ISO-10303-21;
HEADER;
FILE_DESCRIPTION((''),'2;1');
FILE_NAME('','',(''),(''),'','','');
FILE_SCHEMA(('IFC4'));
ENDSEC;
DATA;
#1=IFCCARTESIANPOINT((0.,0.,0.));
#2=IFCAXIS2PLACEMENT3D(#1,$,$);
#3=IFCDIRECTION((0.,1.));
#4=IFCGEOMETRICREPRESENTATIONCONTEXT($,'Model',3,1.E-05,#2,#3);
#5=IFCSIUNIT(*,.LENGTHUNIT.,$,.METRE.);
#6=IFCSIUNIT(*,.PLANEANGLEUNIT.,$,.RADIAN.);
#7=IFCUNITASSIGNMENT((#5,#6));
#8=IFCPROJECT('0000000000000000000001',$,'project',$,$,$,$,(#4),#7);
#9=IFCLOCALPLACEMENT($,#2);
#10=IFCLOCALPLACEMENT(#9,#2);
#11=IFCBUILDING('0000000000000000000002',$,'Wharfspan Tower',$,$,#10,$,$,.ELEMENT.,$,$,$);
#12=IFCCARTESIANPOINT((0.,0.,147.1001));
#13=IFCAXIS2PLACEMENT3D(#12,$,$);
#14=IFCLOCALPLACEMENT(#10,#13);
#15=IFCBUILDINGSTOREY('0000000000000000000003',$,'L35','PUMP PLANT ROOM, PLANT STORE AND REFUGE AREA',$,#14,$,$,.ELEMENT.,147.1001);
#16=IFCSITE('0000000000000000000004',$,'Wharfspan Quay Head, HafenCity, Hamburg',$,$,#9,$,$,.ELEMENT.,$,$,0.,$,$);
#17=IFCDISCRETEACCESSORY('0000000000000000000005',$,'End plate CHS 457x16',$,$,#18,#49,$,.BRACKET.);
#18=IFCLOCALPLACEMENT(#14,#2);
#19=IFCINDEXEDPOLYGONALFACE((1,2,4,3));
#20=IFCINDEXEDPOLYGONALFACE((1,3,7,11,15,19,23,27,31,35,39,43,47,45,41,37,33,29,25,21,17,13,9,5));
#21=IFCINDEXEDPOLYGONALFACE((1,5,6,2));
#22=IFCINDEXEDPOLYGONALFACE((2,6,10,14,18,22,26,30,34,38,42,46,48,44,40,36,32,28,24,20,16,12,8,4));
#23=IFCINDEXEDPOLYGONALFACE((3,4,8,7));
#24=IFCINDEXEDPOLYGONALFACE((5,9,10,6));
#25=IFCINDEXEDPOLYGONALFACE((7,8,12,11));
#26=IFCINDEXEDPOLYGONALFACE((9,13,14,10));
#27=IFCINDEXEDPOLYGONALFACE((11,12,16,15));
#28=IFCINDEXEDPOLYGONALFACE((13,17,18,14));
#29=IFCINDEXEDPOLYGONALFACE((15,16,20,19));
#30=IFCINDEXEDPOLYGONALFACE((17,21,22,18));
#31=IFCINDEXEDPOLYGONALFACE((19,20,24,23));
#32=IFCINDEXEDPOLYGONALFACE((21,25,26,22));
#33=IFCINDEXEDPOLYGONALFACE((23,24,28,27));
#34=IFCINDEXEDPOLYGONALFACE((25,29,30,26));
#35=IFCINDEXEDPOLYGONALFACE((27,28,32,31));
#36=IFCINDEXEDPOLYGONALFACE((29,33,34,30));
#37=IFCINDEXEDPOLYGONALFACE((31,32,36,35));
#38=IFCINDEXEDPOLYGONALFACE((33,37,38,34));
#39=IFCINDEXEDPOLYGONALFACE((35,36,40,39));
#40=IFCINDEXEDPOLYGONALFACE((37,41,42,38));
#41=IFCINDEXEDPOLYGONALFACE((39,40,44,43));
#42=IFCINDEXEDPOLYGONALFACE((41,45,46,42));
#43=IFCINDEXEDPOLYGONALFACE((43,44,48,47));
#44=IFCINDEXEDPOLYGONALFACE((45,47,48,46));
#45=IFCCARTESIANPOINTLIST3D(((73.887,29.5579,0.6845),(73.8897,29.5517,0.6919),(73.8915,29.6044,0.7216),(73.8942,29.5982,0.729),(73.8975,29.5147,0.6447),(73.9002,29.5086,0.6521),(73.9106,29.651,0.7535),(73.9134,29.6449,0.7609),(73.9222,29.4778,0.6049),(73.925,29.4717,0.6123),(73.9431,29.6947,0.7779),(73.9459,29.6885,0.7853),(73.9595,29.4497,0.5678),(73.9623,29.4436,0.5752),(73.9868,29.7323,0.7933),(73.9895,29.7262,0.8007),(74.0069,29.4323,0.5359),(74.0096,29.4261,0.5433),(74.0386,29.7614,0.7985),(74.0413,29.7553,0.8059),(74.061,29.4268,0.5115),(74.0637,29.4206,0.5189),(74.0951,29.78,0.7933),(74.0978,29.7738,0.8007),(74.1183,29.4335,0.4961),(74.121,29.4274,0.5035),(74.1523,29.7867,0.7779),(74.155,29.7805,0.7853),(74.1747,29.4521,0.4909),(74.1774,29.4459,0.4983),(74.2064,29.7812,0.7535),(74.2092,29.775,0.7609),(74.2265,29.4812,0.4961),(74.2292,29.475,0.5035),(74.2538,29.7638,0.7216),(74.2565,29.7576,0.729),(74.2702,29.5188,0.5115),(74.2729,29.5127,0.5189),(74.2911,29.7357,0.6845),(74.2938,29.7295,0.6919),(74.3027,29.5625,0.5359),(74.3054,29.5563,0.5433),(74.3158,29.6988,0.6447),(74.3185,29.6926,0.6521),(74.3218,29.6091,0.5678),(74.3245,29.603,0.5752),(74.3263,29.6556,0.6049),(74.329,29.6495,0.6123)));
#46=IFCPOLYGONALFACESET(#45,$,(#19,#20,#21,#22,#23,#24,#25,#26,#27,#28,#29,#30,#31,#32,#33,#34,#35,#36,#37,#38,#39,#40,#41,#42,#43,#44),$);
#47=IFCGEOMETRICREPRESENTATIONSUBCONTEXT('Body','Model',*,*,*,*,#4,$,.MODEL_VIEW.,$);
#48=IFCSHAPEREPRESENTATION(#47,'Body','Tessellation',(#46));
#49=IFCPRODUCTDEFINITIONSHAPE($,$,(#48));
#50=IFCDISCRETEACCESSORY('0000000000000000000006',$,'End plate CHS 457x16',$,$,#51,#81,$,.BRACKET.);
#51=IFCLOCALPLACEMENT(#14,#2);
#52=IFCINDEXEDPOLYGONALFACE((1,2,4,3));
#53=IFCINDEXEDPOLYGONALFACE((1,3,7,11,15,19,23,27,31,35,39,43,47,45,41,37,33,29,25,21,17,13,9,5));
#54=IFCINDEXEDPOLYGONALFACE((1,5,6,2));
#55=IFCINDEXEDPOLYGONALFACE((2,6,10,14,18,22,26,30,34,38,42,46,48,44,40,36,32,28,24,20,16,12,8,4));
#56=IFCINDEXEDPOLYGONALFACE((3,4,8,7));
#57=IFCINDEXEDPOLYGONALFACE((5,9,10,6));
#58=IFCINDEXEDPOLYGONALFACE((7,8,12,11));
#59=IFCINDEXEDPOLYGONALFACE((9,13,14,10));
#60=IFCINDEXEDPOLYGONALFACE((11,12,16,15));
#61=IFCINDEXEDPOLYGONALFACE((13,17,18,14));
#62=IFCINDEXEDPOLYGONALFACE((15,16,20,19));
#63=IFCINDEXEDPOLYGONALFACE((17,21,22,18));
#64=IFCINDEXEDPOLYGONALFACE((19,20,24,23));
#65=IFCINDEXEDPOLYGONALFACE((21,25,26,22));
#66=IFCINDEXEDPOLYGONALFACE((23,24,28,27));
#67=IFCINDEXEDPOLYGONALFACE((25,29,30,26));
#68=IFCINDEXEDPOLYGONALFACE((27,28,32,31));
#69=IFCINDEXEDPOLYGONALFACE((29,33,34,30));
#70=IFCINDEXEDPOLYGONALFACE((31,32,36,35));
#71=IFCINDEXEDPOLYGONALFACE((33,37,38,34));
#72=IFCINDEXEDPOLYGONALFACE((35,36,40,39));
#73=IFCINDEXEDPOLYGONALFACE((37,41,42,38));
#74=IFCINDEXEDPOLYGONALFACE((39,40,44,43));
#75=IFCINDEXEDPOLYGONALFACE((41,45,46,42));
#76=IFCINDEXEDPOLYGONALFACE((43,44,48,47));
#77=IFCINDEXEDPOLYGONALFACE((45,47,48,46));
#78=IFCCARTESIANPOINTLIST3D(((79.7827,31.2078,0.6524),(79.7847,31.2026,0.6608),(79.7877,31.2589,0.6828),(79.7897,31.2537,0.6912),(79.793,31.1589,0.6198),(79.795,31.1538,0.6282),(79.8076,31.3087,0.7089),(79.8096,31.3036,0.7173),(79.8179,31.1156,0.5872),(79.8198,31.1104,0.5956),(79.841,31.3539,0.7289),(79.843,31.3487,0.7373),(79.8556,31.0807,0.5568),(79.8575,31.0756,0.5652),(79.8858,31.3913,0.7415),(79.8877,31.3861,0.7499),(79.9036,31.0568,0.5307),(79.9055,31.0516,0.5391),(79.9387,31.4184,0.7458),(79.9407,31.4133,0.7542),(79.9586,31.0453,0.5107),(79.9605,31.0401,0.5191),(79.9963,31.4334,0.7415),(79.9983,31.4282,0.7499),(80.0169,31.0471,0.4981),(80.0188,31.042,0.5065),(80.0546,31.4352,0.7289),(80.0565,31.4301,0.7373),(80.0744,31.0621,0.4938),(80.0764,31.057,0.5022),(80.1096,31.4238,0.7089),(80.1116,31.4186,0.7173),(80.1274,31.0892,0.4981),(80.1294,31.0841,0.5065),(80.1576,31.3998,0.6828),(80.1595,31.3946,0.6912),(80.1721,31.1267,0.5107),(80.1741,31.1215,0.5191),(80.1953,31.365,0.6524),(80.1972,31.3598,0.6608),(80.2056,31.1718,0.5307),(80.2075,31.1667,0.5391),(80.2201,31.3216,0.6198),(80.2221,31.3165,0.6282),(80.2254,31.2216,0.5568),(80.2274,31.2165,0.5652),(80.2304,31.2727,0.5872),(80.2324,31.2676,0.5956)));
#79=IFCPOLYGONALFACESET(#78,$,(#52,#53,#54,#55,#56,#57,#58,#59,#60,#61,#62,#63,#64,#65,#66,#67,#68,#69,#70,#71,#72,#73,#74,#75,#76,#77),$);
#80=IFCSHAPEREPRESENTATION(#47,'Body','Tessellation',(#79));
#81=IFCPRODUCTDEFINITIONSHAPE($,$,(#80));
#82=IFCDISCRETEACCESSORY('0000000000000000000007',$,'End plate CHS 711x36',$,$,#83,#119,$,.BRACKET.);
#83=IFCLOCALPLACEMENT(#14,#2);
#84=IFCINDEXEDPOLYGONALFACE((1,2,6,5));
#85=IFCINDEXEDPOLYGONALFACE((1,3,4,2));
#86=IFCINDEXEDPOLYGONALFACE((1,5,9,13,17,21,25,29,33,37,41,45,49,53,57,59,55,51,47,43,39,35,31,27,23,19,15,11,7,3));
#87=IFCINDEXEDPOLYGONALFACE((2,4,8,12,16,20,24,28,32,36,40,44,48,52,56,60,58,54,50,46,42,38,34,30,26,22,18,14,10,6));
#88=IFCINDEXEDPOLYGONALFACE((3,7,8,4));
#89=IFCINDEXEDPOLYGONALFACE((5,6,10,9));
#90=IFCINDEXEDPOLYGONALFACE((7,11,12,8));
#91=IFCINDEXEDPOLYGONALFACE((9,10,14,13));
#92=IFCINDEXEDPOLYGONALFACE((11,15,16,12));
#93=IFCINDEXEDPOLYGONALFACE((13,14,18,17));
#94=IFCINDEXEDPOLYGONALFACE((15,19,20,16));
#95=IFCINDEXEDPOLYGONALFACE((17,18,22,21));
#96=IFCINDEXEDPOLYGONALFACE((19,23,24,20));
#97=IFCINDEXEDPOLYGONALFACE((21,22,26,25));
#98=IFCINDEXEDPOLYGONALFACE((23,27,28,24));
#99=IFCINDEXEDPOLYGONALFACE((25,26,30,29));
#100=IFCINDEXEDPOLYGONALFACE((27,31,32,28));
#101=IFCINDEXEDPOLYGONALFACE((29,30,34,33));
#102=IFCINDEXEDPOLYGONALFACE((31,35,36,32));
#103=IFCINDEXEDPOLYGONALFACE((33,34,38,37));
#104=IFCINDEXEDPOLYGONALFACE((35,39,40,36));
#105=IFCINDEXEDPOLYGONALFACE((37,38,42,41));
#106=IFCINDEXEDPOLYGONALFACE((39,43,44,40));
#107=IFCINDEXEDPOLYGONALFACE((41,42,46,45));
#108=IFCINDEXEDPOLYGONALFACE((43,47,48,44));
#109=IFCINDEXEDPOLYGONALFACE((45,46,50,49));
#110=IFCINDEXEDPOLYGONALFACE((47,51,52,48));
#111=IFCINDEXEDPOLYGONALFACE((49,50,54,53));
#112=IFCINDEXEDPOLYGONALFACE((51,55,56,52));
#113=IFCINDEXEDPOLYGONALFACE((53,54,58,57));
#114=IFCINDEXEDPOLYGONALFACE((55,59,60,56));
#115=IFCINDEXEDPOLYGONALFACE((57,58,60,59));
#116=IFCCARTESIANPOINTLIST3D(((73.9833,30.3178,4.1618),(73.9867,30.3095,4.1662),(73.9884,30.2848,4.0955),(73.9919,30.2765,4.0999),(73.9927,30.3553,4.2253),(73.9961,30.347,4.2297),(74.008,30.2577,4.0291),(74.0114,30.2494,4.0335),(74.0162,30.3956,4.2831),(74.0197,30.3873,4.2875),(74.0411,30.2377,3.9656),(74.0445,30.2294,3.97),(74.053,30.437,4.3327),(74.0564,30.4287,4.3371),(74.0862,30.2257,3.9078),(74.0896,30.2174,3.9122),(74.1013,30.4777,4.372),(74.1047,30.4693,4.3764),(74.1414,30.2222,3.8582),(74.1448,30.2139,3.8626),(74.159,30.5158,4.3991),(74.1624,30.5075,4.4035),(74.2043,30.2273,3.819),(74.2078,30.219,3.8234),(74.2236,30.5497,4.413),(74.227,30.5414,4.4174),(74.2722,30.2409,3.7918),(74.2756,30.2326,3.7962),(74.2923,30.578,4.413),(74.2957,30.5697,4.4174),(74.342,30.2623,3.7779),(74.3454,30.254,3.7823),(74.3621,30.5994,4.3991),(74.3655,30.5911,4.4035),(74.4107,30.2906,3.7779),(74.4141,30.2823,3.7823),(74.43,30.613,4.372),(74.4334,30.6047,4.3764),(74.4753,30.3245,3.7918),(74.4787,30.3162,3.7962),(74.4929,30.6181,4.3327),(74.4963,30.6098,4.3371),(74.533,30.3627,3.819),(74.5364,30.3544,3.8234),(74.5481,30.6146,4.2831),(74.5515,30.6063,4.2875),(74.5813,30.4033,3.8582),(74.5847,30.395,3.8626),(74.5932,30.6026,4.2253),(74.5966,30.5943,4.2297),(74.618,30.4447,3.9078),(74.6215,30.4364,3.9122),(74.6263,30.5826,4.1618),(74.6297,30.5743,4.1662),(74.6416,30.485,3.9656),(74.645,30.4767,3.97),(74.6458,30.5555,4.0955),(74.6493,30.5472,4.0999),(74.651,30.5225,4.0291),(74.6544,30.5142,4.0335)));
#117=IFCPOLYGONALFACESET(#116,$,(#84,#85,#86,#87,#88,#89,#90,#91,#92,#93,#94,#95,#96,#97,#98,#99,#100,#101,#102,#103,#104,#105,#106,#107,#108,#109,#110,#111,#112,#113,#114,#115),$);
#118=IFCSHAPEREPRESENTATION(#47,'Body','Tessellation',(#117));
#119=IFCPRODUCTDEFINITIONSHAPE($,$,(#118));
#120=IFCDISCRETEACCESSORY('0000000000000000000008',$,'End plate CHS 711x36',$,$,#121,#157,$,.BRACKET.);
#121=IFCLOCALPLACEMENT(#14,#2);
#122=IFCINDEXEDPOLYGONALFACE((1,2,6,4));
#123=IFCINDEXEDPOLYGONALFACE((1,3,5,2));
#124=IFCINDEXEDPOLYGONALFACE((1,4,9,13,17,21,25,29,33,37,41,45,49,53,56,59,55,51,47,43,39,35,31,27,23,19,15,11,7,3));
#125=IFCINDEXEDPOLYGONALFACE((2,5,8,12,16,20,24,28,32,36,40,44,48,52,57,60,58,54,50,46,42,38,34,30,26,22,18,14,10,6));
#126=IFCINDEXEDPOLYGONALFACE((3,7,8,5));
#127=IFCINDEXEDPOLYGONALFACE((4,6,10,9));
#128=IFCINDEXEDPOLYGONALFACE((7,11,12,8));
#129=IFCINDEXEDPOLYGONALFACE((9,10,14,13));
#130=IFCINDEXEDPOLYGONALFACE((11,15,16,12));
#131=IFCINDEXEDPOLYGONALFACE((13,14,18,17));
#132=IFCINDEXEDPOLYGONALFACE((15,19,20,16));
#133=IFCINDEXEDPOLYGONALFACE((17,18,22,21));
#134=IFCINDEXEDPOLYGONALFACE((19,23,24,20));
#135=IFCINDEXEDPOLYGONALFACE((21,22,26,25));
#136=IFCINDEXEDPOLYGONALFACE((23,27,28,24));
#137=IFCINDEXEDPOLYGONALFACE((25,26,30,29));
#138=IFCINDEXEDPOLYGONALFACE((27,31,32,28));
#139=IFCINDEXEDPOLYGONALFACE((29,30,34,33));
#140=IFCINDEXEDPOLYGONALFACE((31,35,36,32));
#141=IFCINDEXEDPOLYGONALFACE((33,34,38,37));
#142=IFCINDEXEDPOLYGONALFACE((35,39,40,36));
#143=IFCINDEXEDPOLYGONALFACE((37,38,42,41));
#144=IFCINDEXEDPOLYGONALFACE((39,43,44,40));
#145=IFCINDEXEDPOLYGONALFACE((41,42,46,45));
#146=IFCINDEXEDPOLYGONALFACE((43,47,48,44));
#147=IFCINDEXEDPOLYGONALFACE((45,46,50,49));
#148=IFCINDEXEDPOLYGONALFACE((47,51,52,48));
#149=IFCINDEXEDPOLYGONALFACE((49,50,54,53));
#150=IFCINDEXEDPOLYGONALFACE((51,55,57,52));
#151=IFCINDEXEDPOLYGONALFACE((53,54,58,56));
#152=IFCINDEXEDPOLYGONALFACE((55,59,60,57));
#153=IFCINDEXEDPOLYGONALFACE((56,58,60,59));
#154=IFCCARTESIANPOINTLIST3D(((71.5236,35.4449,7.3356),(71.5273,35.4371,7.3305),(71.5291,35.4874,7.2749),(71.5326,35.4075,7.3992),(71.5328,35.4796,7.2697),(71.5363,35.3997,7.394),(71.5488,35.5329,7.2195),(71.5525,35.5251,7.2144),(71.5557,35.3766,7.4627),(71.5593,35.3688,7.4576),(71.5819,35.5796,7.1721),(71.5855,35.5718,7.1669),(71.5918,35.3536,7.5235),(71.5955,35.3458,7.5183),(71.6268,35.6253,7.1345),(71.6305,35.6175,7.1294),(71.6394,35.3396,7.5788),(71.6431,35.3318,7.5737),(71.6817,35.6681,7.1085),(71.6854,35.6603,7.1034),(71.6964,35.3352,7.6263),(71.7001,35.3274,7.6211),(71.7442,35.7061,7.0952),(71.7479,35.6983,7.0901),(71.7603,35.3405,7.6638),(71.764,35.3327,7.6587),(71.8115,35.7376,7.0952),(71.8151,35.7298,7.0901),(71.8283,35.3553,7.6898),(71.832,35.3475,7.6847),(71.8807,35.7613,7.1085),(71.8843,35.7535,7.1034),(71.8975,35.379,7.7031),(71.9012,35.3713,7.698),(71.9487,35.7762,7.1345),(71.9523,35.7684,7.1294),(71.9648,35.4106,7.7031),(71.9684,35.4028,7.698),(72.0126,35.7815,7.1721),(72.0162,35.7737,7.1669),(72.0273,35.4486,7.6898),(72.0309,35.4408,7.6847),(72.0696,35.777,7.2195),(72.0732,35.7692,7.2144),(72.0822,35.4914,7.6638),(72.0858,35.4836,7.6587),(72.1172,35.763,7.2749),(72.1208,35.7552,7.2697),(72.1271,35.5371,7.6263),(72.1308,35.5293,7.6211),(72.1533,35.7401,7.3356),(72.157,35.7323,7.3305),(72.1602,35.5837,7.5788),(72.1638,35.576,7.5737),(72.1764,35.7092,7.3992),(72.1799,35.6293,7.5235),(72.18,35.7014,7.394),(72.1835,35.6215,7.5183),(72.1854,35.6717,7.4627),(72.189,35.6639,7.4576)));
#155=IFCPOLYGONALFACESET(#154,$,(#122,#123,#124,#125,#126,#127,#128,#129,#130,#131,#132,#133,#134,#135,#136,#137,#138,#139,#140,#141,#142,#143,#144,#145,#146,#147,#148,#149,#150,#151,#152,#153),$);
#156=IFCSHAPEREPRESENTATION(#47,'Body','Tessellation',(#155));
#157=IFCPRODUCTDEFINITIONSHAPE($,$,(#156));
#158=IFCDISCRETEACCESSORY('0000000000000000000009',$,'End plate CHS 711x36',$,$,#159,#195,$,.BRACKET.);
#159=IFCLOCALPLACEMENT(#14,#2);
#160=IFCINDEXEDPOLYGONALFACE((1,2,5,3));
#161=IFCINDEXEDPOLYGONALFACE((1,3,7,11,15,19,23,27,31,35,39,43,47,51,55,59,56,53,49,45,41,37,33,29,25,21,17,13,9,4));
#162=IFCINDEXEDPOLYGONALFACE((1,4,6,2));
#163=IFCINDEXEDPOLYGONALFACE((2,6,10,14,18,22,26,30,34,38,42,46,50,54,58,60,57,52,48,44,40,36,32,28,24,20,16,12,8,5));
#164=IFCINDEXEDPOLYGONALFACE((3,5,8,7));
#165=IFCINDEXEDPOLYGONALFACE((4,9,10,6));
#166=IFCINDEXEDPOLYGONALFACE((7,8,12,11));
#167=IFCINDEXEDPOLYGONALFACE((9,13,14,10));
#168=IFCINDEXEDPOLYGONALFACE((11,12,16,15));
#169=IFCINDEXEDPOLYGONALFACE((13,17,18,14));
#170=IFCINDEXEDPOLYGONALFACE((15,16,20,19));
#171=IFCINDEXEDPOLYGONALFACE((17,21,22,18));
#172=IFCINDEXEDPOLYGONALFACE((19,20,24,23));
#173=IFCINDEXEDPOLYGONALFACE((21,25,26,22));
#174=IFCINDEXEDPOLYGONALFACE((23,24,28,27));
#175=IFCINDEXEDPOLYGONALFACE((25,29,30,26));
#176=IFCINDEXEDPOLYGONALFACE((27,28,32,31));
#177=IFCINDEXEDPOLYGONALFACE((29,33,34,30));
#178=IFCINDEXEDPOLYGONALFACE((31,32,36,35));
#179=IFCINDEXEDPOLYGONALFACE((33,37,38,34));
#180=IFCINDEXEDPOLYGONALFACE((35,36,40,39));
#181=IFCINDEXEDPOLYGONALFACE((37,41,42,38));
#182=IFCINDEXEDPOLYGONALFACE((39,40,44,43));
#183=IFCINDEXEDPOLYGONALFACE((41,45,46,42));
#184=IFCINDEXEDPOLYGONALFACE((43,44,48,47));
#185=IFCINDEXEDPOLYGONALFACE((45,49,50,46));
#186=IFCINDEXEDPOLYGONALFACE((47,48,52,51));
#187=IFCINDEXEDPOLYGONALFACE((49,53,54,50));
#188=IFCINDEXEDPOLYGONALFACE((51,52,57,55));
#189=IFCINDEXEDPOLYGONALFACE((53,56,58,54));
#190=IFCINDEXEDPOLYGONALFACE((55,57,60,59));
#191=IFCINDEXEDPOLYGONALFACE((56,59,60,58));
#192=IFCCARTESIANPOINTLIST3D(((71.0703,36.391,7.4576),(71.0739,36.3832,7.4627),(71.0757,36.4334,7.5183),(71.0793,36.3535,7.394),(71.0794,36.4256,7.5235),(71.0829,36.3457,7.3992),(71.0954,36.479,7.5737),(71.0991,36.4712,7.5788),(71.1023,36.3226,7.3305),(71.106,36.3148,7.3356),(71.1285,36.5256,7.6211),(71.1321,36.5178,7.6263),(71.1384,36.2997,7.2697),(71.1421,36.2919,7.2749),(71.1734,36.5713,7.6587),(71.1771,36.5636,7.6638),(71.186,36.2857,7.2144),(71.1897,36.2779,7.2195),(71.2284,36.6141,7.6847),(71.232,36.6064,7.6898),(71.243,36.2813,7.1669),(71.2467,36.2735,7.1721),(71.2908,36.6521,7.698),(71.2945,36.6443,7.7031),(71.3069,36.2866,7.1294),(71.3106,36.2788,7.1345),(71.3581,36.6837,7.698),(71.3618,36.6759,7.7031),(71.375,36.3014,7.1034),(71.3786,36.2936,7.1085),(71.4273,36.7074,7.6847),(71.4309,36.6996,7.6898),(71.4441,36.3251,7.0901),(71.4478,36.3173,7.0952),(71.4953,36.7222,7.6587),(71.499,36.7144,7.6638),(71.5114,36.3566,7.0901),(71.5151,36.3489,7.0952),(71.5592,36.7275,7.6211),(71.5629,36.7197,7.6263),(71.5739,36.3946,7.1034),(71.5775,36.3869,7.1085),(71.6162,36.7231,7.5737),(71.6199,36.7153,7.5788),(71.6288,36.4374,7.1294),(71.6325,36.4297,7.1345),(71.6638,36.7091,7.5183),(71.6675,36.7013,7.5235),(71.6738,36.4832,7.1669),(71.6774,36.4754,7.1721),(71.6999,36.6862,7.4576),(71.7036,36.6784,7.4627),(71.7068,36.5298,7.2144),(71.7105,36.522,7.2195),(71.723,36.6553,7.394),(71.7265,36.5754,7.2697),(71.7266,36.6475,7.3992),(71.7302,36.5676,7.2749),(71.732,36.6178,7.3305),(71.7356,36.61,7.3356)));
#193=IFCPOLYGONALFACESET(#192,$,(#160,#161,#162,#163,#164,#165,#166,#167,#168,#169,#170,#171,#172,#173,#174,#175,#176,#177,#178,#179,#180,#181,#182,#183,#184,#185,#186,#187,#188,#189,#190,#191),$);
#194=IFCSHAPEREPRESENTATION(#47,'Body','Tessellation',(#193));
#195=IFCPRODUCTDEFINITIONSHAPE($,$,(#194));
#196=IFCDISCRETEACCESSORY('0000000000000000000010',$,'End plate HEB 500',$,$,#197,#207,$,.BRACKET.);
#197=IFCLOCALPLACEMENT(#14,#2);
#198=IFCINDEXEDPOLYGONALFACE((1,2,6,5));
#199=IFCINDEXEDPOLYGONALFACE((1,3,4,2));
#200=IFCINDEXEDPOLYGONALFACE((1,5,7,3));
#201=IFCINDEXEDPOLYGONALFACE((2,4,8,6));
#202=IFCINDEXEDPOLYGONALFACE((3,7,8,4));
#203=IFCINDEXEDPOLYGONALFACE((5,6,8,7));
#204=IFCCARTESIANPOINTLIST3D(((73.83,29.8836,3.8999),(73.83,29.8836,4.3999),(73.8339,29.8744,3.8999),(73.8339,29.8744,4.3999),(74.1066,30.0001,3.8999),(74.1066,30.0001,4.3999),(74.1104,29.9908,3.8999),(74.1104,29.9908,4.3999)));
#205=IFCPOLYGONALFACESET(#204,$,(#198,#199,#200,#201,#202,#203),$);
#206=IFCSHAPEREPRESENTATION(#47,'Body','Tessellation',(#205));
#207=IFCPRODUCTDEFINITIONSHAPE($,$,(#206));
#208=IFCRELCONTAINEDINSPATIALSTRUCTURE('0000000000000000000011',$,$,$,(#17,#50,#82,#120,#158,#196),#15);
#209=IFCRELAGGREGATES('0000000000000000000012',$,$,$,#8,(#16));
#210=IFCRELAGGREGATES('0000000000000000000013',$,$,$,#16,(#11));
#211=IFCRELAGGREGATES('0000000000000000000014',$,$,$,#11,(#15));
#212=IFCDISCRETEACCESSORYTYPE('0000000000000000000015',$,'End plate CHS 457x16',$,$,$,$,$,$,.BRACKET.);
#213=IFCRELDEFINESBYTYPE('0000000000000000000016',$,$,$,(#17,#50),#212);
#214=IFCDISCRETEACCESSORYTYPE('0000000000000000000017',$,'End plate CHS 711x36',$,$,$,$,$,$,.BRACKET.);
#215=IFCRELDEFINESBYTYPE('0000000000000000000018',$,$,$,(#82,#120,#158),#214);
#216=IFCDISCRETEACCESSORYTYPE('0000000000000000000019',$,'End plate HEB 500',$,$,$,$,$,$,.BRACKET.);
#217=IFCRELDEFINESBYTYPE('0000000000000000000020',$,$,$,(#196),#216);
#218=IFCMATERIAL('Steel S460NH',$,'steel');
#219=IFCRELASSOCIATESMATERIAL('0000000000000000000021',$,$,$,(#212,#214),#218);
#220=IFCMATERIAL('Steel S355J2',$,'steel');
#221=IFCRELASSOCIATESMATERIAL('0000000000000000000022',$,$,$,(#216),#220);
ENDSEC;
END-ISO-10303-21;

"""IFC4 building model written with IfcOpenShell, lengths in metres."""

from ifc_helpers import new_model, si_unit, direction, frame, origin, origin_2d, place, context, subcontext, project, spatial, rectangle, circle, extrude, material, material_profile, profile_set, type_object, element, save


model = new_model("IFC4")

# Units and contexts
model_context = context("Model", 3, precision=1e-05, world=origin(), true_north=direction((0.0, 1.0)))
body_context = subcontext(model_context, "Body", "Model", "MODEL_VIEW")
ifc_project = project(units=[si_unit("LENGTHUNIT", "METRE"), si_unit("PLANEANGLEUNIT", "RADIAN")], contexts=[model_context])

# Site, building, storey
site_placement = place(None, origin())
site = spatial("IfcSite", under=ifc_project, at=site_placement, Name="Wharfspan Quay Head, HafenCity, Hamburg", CompositionType="ELEMENT", RefElevation=0.0)
building_placement = place(site_placement, origin())
building = spatial("IfcBuilding", under=site, at=building_placement, Name="Wharfspan Tower", CompositionType="ELEMENT")
storey_placement = place(building_placement, frame((0.0, 0.0, 147.1001)))
storey = spatial("IfcBuildingStorey", under=building, at=storey_placement, Name="L35", Description="PUMP PLANT ROOM, PLANT STORE AND REFUGE AREA", CompositionType="ELEMENT", Elevation=147.1001)

# Shared definitions
ifc_material_1 = material(Name="Steel S355J2", Category="steel")

# Shared definitions
ifc_material_2 = material(Name="Steel S460NH", Category="steel")

# Discrete accessories
ifc_material_profile_1 = material_profile(ifc_material_2, circle(Radius=0.2285, at=origin_2d()))
ifc_profile_set_1 = profile_set([ifc_material_profile_1], Name="Steel S460NH")
discrete_accessory_type_1 = type_object("IfcDiscreteAccessoryType", Name="End plate CHS 457x16", PredefinedType="BRACKET", material=ifc_profile_set_1)
for number, where, z_axis, x_axis, name in (
    (1, (74.1094, 29.6006, 0.6521), (-0.27113, 0.616205, -0.739446), (-0.915312, -0.402737, 0.0), "End plate CHS 457x16"),
    (2, (80.0085, 31.2351, 0.6282), (-0.196293, 0.51527, -0.834246), (-0.934491, -0.355996, 0.0), "End plate CHS 457x16"),
):
    element("IfcDiscreteAccessory", number, at=place(storey_placement, frame(where, z_axis=z_axis, x_axis=x_axis)), inside=storey, type_object=discrete_accessory_type_1, Name=name, PredefinedType="BRACKET", context=body_context, shape_type="SweptSolid", body=[
        extrude(circle(Radius=0.2285, at=origin_2d()), origin(), (0.0, 0.0, 1.0), 0.01),
    ])
ifc_material_profile_2 = material_profile(ifc_material_2, circle(Radius=0.3555, at=origin_2d()))
ifc_profile_set_2 = profile_set([ifc_material_profile_2], Name="Steel S460NH")
discrete_accessory_type_2 = type_object("IfcDiscreteAccessoryType", Name="End plate CHS 711x36", PredefinedType="BRACKET", material=ifc_profile_set_2)
for number, where, z_axis, x_axis, name in (
    (3, (74.3171, 30.4202, 4.0955), (0.341972, -0.830504, 0.439679), (0.924678, 0.380749, -0.000001), "End plate CHS 711x36"),
    (4, (71.8582, 35.5505, 7.394), (-0.364878, 0.778407, 0.510829), (-0.905462, -0.424435, 0.0), "End plate CHS 711x36"),
    (5, (71.4011, 36.5044, 7.394), (0.364878, -0.778407, 0.510829), (0.905462, 0.424435, 0.0), "End plate CHS 711x36"),
):
    element("IfcDiscreteAccessory", number, at=place(storey_placement, frame(where, z_axis=z_axis, x_axis=x_axis)), inside=storey, type_object=discrete_accessory_type_2, Name=name, PredefinedType="BRACKET", context=body_context, shape_type="SweptSolid", body=[
        extrude(circle(Radius=0.3555, at=origin_2d()), origin(), (0.0, 0.0, 1.0), 0.01),
    ])
ifc_material_profile_3 = material_profile(ifc_material_1, rectangle(XDim=0.3, YDim=0.5, at=origin_2d()))
ifc_profile_set_3 = profile_set([ifc_material_profile_3], Name="Steel S355J2")
discrete_accessory_type_3 = type_object("IfcDiscreteAccessoryType", Name="End plate HEB 500", PredefinedType="BRACKET", material=ifc_profile_set_3)
for number, where, z_axis, x_axis, name in (
    (6, (73.9722, 29.9326, 4.1499), (-0.388057, 0.921635, 0.0), (-0.921635, -0.388057, 0.0), "End plate HEB 500"),
):
    element("IfcDiscreteAccessory", number, at=place(storey_placement, frame(where, z_axis=z_axis, x_axis=x_axis)), inside=storey, type_object=discrete_accessory_type_3, Name=name, PredefinedType="BRACKET", context=body_context, shape_type="SweptSolid", body=[
        extrude(rectangle(XDim=0.3, YDim=0.5, at=origin_2d()), origin(), (0.0, 0.0, 1.0), 0.01),
    ])

save(model, "model.ifc")
